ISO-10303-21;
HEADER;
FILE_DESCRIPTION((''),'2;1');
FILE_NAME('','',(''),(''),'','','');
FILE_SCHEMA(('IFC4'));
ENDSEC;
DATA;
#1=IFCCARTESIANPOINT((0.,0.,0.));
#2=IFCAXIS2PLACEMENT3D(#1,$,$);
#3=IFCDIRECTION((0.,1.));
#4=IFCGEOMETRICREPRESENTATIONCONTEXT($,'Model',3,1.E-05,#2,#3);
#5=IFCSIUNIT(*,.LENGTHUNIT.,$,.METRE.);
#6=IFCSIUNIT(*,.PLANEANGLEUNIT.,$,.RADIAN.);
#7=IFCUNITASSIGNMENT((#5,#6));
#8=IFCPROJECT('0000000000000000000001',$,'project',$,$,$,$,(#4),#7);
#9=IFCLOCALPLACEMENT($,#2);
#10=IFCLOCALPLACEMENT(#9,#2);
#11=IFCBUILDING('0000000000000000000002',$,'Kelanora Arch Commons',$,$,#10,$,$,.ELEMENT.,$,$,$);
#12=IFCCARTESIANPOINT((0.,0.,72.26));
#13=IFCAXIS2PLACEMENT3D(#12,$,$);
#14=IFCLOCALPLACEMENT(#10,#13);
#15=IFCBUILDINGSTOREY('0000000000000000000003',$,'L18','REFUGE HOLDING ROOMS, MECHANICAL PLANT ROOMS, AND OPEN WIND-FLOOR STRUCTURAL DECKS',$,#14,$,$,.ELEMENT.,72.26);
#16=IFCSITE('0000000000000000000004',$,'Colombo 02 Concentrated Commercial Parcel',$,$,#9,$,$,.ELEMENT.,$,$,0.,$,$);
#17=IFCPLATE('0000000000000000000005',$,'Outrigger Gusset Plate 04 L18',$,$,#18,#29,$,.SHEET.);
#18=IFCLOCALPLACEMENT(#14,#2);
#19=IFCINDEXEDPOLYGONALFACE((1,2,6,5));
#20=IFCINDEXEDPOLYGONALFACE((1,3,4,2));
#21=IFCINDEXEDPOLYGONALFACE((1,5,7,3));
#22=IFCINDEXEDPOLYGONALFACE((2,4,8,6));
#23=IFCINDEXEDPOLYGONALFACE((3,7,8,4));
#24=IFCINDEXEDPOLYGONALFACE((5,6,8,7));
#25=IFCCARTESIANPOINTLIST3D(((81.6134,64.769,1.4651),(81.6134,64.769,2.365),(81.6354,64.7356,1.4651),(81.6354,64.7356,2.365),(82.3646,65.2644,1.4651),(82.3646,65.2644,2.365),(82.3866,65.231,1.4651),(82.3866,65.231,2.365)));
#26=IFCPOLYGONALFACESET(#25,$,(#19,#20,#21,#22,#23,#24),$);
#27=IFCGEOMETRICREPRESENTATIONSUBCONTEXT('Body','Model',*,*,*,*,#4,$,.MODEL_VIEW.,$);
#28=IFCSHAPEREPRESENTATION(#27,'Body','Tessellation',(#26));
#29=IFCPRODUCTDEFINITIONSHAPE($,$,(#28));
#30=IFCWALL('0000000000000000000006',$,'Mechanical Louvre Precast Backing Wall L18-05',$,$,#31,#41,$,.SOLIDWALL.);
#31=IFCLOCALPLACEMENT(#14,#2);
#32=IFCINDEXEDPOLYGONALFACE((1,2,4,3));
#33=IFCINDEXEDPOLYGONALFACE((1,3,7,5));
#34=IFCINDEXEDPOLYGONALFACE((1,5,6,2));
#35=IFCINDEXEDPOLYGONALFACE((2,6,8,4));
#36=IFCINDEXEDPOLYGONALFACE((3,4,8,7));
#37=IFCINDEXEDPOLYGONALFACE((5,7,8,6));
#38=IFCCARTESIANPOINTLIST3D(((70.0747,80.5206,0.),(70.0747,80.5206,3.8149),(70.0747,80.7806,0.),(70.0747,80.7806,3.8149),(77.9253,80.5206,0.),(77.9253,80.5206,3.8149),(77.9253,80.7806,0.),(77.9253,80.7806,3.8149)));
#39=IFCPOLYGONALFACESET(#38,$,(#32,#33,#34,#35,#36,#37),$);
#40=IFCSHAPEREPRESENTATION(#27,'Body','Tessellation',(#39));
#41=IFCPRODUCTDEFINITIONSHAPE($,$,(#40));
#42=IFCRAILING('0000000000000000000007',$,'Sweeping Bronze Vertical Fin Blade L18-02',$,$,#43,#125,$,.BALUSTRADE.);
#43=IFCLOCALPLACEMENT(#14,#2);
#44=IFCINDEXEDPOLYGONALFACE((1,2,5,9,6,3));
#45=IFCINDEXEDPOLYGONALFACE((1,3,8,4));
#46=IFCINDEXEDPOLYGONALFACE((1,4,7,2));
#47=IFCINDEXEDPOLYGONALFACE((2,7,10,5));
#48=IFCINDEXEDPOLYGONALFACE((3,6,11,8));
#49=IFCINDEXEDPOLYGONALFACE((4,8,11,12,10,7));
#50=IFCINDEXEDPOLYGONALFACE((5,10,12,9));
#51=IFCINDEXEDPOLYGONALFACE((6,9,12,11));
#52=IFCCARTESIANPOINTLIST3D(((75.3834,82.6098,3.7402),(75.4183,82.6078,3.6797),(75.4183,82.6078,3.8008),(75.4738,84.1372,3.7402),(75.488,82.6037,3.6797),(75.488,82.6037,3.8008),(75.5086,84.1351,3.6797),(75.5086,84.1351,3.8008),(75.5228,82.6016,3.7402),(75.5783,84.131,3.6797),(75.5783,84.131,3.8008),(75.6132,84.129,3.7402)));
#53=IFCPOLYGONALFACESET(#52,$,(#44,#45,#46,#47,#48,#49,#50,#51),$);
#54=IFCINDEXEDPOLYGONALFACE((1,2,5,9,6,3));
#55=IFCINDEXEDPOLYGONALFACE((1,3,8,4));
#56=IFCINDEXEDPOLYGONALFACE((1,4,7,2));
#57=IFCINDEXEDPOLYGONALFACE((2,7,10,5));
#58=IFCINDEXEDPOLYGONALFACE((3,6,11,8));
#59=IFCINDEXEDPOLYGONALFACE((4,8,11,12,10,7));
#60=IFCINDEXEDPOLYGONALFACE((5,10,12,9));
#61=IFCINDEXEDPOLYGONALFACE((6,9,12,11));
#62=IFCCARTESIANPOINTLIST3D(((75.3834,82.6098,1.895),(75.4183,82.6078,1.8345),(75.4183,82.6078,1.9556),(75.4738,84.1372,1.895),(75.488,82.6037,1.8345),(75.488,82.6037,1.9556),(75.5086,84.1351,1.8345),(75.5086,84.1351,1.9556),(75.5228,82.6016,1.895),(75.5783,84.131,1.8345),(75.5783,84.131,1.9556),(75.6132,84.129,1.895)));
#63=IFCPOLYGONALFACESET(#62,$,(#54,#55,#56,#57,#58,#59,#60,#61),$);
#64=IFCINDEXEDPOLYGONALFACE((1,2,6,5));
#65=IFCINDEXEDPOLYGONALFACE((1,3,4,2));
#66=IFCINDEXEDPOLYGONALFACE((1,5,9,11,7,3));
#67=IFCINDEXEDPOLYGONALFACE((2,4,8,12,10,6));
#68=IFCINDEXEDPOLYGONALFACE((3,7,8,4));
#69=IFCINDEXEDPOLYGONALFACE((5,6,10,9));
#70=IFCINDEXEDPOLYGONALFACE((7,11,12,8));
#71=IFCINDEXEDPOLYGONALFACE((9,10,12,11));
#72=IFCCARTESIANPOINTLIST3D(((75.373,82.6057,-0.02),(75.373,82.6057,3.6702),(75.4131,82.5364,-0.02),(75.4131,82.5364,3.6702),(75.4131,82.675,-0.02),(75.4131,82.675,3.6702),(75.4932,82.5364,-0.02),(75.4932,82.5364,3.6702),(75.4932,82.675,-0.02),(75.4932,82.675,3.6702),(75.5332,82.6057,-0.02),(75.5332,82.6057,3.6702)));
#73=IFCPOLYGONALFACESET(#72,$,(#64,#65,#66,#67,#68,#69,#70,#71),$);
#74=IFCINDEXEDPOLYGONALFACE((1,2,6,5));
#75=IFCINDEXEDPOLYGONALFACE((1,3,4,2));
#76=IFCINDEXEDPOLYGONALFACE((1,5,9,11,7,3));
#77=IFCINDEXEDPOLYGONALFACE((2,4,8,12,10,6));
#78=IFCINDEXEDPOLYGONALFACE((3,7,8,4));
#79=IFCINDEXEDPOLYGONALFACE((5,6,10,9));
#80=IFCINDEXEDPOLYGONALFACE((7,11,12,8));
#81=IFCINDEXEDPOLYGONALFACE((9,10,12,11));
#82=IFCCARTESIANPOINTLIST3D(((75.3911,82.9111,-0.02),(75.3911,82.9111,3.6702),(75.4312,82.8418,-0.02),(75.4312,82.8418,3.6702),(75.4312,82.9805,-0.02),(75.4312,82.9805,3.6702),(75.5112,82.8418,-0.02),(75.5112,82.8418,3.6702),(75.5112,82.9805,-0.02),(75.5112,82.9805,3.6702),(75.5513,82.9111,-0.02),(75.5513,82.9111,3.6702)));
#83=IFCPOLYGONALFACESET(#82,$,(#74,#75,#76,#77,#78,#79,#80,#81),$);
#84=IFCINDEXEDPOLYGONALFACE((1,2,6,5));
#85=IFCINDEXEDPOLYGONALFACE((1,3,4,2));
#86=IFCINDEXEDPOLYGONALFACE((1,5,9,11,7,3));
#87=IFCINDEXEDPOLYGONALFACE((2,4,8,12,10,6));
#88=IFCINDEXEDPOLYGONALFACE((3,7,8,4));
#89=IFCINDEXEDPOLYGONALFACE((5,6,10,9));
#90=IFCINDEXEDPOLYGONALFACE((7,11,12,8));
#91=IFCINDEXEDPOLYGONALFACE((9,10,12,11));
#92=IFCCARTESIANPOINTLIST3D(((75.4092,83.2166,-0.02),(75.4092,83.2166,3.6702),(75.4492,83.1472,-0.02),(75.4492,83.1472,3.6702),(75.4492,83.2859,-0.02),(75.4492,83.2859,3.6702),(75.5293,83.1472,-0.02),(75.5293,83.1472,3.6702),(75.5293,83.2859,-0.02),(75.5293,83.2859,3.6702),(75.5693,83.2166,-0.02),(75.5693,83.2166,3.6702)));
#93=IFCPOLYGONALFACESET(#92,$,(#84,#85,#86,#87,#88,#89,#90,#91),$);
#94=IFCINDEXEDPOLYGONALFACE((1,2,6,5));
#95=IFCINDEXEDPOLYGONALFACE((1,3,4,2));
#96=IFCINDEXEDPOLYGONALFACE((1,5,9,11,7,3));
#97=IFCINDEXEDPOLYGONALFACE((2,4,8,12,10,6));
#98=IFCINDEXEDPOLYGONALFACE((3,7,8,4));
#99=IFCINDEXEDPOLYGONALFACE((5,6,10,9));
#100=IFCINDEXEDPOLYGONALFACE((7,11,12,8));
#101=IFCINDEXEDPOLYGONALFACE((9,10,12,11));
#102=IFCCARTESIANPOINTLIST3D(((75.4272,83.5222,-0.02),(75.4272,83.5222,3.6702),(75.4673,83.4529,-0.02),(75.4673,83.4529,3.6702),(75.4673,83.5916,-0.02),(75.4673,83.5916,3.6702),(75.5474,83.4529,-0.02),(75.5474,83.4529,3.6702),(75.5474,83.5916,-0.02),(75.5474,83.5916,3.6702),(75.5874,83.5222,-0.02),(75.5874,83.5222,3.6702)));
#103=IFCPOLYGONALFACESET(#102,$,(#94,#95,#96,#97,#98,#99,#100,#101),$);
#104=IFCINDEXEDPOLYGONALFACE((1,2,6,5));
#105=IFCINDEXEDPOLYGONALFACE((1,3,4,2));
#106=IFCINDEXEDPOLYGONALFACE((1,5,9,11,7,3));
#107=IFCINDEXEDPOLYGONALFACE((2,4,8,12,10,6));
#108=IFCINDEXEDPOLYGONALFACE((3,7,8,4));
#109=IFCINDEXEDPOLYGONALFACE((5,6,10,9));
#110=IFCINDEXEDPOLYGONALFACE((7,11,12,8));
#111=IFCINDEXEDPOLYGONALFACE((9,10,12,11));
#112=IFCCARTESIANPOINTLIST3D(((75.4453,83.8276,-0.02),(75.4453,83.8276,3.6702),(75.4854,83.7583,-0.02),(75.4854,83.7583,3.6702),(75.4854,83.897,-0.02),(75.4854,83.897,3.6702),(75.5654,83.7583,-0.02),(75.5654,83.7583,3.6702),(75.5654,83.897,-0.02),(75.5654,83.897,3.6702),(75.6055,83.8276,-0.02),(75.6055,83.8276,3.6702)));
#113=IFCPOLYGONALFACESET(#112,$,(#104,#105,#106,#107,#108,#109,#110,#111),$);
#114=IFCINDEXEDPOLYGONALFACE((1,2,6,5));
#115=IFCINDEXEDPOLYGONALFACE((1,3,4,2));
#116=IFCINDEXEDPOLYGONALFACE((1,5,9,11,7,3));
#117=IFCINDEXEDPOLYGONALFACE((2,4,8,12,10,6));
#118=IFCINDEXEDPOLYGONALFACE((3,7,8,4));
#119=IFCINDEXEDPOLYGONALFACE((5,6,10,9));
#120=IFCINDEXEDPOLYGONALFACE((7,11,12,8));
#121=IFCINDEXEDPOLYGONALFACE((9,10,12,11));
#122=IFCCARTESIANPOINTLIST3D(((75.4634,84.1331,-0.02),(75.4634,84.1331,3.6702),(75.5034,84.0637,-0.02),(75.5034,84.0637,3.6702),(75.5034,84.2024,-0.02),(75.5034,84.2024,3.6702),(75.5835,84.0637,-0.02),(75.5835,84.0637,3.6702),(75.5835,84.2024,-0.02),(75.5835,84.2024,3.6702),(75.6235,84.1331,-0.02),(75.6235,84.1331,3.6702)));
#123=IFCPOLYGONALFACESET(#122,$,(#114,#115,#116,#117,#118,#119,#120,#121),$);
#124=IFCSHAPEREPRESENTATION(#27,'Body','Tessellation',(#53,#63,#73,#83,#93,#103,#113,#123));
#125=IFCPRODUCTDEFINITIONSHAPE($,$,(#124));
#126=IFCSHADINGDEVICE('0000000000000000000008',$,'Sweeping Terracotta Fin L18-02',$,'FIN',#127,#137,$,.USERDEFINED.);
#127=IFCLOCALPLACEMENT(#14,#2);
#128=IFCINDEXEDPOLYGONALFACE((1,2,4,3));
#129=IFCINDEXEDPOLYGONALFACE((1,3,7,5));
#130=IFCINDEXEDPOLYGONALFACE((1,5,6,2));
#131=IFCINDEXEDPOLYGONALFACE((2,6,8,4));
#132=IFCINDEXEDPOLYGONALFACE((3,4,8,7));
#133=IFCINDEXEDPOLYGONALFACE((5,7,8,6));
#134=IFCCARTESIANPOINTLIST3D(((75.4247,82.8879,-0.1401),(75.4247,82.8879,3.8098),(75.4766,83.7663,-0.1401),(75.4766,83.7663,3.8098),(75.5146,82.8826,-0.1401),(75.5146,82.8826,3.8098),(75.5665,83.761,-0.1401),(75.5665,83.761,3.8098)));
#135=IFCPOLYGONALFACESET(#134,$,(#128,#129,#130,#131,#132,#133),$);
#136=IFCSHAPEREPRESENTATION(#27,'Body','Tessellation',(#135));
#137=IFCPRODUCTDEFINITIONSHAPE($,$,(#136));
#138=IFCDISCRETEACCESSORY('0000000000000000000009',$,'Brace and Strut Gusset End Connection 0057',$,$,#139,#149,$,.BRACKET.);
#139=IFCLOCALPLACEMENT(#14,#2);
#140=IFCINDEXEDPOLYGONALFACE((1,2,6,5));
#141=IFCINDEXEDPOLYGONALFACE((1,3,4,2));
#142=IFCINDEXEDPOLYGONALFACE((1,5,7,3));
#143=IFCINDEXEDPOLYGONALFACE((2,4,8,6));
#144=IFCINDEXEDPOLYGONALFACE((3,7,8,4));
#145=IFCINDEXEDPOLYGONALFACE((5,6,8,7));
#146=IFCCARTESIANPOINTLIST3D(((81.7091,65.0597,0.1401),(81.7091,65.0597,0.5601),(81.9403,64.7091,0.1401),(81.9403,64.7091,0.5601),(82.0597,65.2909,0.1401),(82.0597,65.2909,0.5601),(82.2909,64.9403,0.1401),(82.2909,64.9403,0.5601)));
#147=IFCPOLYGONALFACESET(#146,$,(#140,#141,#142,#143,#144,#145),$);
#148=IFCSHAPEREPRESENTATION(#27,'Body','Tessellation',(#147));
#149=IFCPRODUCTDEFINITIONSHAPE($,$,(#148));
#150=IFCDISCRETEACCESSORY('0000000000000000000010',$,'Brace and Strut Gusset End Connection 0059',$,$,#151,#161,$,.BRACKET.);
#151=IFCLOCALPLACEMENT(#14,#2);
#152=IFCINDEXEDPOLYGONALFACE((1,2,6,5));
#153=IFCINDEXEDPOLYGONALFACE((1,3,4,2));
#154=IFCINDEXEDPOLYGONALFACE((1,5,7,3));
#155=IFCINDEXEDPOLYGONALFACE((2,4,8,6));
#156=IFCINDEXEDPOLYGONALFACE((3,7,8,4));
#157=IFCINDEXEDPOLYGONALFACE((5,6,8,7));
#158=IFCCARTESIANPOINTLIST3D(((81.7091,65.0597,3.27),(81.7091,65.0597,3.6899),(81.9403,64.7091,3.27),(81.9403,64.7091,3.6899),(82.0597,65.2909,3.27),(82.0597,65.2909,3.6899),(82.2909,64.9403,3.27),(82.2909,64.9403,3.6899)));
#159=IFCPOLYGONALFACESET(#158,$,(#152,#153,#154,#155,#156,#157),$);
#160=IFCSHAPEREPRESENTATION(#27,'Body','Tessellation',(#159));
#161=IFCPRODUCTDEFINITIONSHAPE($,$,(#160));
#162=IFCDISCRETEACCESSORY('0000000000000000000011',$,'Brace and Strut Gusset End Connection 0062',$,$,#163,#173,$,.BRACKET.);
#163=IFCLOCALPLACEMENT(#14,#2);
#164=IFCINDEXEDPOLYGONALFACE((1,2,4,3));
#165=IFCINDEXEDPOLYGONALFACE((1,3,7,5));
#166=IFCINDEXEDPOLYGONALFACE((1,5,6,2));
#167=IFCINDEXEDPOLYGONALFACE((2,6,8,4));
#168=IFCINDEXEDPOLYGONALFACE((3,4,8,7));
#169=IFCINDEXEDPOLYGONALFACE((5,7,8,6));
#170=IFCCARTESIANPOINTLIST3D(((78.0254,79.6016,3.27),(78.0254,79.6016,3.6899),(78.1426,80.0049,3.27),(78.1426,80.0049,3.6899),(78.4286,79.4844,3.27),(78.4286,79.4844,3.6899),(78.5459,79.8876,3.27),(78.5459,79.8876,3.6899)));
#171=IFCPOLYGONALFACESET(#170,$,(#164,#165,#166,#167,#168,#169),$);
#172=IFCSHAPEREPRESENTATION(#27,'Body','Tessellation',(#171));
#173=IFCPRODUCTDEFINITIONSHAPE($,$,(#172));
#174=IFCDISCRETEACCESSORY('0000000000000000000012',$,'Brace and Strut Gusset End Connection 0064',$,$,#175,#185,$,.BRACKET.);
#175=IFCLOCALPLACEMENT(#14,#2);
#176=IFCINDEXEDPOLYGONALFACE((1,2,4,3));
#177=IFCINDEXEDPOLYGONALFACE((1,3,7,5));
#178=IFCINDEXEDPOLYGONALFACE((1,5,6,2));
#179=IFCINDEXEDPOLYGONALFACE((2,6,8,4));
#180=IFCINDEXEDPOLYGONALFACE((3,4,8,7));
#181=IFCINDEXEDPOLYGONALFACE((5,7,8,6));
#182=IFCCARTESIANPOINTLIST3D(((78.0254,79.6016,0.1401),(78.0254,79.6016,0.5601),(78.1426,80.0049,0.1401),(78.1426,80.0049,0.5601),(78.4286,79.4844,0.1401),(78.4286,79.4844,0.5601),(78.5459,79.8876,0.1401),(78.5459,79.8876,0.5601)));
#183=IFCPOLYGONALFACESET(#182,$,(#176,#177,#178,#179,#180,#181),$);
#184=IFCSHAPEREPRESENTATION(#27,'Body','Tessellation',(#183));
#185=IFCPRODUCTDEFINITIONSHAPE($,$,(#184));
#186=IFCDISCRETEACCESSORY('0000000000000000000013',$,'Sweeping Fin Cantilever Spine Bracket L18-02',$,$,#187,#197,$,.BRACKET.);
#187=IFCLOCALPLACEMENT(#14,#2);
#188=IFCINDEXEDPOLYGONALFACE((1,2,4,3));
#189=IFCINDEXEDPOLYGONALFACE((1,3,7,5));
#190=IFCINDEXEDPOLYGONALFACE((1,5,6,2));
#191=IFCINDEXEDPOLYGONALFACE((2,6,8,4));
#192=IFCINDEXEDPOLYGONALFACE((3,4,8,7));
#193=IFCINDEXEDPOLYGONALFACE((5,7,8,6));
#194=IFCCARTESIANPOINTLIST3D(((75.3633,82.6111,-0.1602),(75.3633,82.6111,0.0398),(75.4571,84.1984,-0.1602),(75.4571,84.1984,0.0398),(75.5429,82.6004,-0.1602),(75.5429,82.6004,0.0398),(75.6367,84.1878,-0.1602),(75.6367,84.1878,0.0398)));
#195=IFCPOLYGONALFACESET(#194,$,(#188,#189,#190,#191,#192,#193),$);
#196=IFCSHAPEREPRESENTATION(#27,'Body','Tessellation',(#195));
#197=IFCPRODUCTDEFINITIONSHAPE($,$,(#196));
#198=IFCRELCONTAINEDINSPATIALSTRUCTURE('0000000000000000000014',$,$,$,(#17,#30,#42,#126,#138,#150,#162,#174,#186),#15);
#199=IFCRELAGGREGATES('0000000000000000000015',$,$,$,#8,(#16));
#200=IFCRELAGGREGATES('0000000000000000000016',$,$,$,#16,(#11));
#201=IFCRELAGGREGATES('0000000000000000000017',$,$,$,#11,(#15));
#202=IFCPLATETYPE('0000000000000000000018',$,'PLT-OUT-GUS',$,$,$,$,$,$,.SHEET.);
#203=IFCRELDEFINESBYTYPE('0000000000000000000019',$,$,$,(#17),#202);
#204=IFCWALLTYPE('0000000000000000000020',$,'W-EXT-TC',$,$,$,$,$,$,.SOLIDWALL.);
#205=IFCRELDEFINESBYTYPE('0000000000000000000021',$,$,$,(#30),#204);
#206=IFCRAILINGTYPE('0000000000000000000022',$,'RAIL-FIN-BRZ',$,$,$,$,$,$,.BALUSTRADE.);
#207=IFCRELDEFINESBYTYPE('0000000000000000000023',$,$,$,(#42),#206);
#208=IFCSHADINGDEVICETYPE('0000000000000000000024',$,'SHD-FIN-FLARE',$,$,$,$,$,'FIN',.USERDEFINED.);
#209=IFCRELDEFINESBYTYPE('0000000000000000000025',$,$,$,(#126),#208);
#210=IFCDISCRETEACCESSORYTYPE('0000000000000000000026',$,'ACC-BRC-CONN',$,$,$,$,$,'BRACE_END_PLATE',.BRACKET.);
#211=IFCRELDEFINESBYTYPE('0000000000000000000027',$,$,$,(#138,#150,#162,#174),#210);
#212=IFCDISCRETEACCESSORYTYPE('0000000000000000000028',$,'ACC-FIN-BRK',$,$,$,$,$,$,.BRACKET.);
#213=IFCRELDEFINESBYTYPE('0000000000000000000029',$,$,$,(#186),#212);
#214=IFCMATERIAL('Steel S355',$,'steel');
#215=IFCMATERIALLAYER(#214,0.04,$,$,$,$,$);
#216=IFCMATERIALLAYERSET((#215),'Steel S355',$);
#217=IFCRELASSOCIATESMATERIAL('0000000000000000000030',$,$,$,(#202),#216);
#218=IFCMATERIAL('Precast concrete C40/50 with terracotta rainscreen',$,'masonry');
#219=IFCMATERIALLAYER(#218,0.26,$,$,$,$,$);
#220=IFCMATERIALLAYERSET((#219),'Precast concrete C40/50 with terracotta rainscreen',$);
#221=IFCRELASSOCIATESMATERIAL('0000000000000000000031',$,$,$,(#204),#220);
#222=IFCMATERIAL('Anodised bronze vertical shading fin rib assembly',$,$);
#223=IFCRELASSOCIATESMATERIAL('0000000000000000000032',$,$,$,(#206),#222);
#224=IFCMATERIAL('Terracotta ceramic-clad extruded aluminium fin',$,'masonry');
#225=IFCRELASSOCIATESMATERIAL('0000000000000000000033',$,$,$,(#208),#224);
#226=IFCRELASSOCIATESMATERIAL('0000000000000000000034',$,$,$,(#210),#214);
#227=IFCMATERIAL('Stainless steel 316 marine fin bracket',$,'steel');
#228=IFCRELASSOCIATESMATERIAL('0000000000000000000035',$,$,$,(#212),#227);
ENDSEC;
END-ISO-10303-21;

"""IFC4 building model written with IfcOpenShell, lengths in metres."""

from ifc_helpers import new_model, si_unit, direction, frame, frame_2d, origin, origin_2d, place, context, subcontext, project, spatial, polyline, rectangle, outline, extrude, source, transform, mapped, material, layer, layer_set, type_object, element, save


model = new_model("IFC4")

# Units and contexts
model_context = context("Model", 3, precision=1e-05, world=origin(), true_north=direction((0.0, 1.0)))
body_context = subcontext(model_context, "Body", "Model", "MODEL_VIEW")
ifc_project = project(units=[si_unit("LENGTHUNIT", "METRE"), si_unit("PLANEANGLEUNIT", "RADIAN")], contexts=[model_context])

# Site, building, storey
site_placement = place(None, origin())
site = spatial("IfcSite", under=ifc_project, at=site_placement, Name="Colombo 02 Concentrated Commercial Parcel", CompositionType="ELEMENT", RefElevation=0.0)
building_placement = place(site_placement, origin())
building = spatial("IfcBuilding", under=site, at=building_placement, Name="Kelanora Arch Commons", CompositionType="ELEMENT")
storey_placement = place(building_placement, frame((0.0, 0.0, 72.26)))
storey = spatial("IfcBuildingStorey", under=building, at=storey_placement, Name="L18", Description="REFUGE HOLDING ROOMS, MECHANICAL PLANT ROOMS, AND OPEN WIND-FLOOR STRUCTURAL DECKS", CompositionType="ELEMENT", Elevation=72.26)

# Shared definitions
ifc_material_1 = material(Name="Steel S355", Category="steel")

# Plate
ifc_layer_1 = layer(ifc_material_1, 0.04)
ifc_layer_set_1 = layer_set([ifc_layer_1], Name="Steel S355")
plate_type = type_object("IfcPlateType", Name="PLT-OUT-GUS", PredefinedType="SHEET", material=ifc_layer_set_1)
shared_shape_1 = source(origin(), body_context, "Body", "SweptSolid", [
    extrude(rectangle(XDim=0.8999, YDim=0.04, at=origin_2d()), origin(), (0.0, 0.0, 1.0), 0.8999),
])
plate_placement = place(storey_placement, frame((82.0, 65.0, 1.4651), z_axis=(0.0, 0.0, 1.0), x_axis=(0.834791, 0.550567, 0.0)))
element("IfcPlate", 1, at=plate_placement, inside=storey, type_object=plate_type, Name="Outrigger Gusset Plate 04 L18", PredefinedType="SHEET", context=body_context, shape_type="MappedRepresentation", body=[
    mapped(shared_shape_1, transform((0.0, 0.0, 0.0), scale=1.0)),
])

# Wall
ifc_material_2 = material(Name="Precast concrete C40/50 with terracotta rainscreen", Category="masonry")
ifc_layer_2 = layer(ifc_material_2, 0.26)
ifc_layer_set_2 = layer_set([ifc_layer_2], Name="Precast concrete C40/50 with terracotta rainscreen")
wall_type = type_object("IfcWallType", Name="W-EXT-TC", PredefinedType="SOLIDWALL", material=ifc_layer_set_2)
wall_placement = place(storey_placement, frame((77.9253, 80.6506, 0.0), z_axis=(0.0, 0.0, 1.0), x_axis=(-1.0, 0.0, 0.0)))
element("IfcWall", 2, at=wall_placement, inside=storey, type_object=wall_type, Name="Mechanical Louvre Precast Backing Wall L18-05", PredefinedType="SOLIDWALL", context=body_context, shape_type="SweptSolid", body=[
    extrude(rectangle(XDim=7.8506, YDim=0.26, at=frame_2d((3.9253, 0.0))), origin(), (0.0, 0.0, 1.0), 3.8149),
])

# Railing
ifc_material_3 = material(Name="Anodised bronze vertical shading fin rib assembly")
railing_type = type_object("IfcRailingType", Name="RAIL-FIN-BRZ", PredefinedType="BALUSTRADE", material=ifc_material_3)
railing_placement = place(storey_placement, frame((75.4531, 82.6057, -0.02)))
element("IfcRailing", 3, at=railing_placement, inside=storey, type_object=railing_type, Name="Sweeping Bronze Vertical Fin Blade L18-02", PredefinedType="BALUSTRADE", context=body_context, shape_type="SweptSolid", body=[
    extrude(outline(polyline([(0.0698, 0.0), (0.0349, 0.0605), (-0.0349, 0.0605), (-0.0698, 0.0), (-0.0349, -0.0605), (0.0349, -0.0605), (0.0698, 0.0)])), frame((0.0, 0.0, 3.7603), z_axis=(0.05904, 0.998256, 0.0), x_axis=(-0.998256, 0.05904, 0.0)), (0.0, 0.0, 1.0), 1.53),
    extrude(outline(polyline([(0.0698, 0.0), (0.0349, 0.0605), (-0.0349, 0.0605), (-0.0698, 0.0), (-0.0349, -0.0605), (0.0349, -0.0605), (0.0698, 0.0)])), frame((0.0, 0.0, 1.915), z_axis=(0.05904, 0.998256, 0.0), x_axis=(-0.998256, 0.05904, 0.0)), (0.0, 0.0, 1.0), 1.53),
    extrude(outline(polyline([(0.0801, 0.0), (0.04, 0.0693), (-0.04, 0.0693), (-0.0801, 0.0), (-0.04, -0.0693), (0.04, -0.0693), (0.0801, 0.0)])), origin(), (0.0, 0.0, 1.0), 3.6902),
    extrude(outline(polyline([(0.0801, 0.0), (0.04, 0.0693), (-0.04, 0.0693), (-0.0801, 0.0), (-0.04, -0.0693), (0.04, -0.0693), (0.0801, 0.0)])), frame((0.0181, 0.3054, 0.0)), (0.0, 0.0, 1.0), 3.6902),
    extrude(outline(polyline([(0.0801, 0.0), (0.04, 0.0693), (-0.04, 0.0693), (-0.0801, 0.0), (-0.04, -0.0693), (0.04, -0.0693), (0.0801, 0.0)])), frame((0.0361, 0.6108, 0.0)), (0.0, 0.0, 1.0), 3.6902),
    extrude(outline(polyline([(0.0801, 0.0), (0.04, 0.0693), (-0.04, 0.0693), (-0.0801, 0.0), (-0.04, -0.0693), (0.04, -0.0693), (0.0801, 0.0)])), frame((0.0542, 0.9165, 0.0)), (0.0, 0.0, 1.0), 3.6902),
    extrude(outline(polyline([(0.0801, 0.0), (0.04, 0.0693), (-0.04, 0.0693), (-0.0801, 0.0), (-0.04, -0.0693), (0.04, -0.0693), (0.0801, 0.0)])), frame((0.0723, 1.2219, 0.0)), (0.0, 0.0, 1.0), 3.6902),
    extrude(outline(polyline([(0.0801, 0.0), (0.04, 0.0693), (-0.04, 0.0693), (-0.0801, 0.0), (-0.04, -0.0693), (0.04, -0.0693), (0.0801, 0.0)])), frame((0.0903, 1.5273, 0.0)), (0.0, 0.0, 1.0), 3.6902),
])

# Shading device
ifc_material_4 = material(Name="Terracotta ceramic-clad extruded aluminium fin", Category="masonry")
shading_device_type = type_object("IfcShadingDeviceType", Name="SHD-FIN-FLARE", ElementType="FIN", PredefinedType="USERDEFINED", material=ifc_material_4)
shared_shape_2 = source(origin(), body_context, "Body", "SweptSolid", [
    extrude(rectangle(XDim=0.8799, YDim=0.0901, at=origin_2d()), origin(), (0.0, 0.0, 1.0), 3.95),
])
shading_device_placement = place(storey_placement, frame((75.4956, 83.3245, -0.1401), z_axis=(0.0, 0.0, 1.0), x_axis=(0.058958, 0.99826, 0.0)))
element("IfcShadingDevice", 4, at=shading_device_placement, inside=storey, type_object=shading_device_type, Name="Sweeping Terracotta Fin L18-02", ObjectType="FIN", PredefinedType="USERDEFINED", context=body_context, shape_type="MappedRepresentation", body=[
    mapped(shared_shape_2, transform((0.0, 0.0, 0.0), scale=1.0)),
])

# Discrete accessories
discrete_accessory_type_1 = type_object("IfcDiscreteAccessoryType", Name="ACC-BRC-CONN", ElementType="BRACE_END_PLATE", PredefinedType="BRACKET", material=ifc_material_1)
shared_shape_3 = source(origin(), body_context, "Body", "SweptSolid", [
    extrude(rectangle(XDim=0.4199, YDim=0.4199, at=origin_2d()), origin(), (0.0, 0.0, 1.0), 0.4199),
])
for number, where, z_axis, x_axis, name in (
    (5, (82.0, 65.0, 0.1401), (0.0, 0.0, 1.0), (0.834752, 0.550626, 0.0), "Brace and Strut Gusset End Connection 0057"),
    (6, (82.0, 65.0, 3.27), (0.0, 0.0, 1.0), (0.834752, 0.550626, 0.0), "Brace and Strut Gusset End Connection 0059"),
    (7, (78.2856, 79.7446, 3.27), (0.0, 0.0, 1.0), (0.279159, 0.960245, 0.0), "Brace and Strut Gusset End Connection 0062"),
    (8, (78.2856, 79.7446, 0.1401), (0.0, 0.0, 1.0), (0.279159, 0.960245, 0.0), "Brace and Strut Gusset End Connection 0064"),
):
    element("IfcDiscreteAccessory", number, at=place(storey_placement, frame(where, z_axis=z_axis, x_axis=x_axis)), inside=storey, type_object=discrete_accessory_type_1, Name=name, PredefinedType="BRACKET", context=body_context, shape_type="MappedRepresentation", body=[
        mapped(shared_shape_3, transform((0.0, 0.0, 0.0), scale=1.0)),
    ])
ifc_material_5 = material(Name="Stainless steel 316 marine fin bracket", Category="steel")
discrete_accessory_type_2 = type_object("IfcDiscreteAccessoryType", Name="ACC-FIN-BRK", PredefinedType="BRACKET", material=ifc_material_5)
shared_shape_4 = source(origin(), body_context, "Body", "SweptSolid", [
    extrude(rectangle(XDim=1.5901, YDim=0.1799, at=origin_2d()), origin(), (0.0, 0.0, 1.0), 0.2),
])
discrete_accessory_placement = place(storey_placement, frame((75.5, 83.3994, -0.1602), z_axis=(0.0, 0.0, 1.0), x_axis=(0.058958, 0.99826, 0.0)))
element("IfcDiscreteAccessory", 9, at=discrete_accessory_placement, inside=storey, type_object=discrete_accessory_type_2, Name="Sweeping Fin Cantilever Spine Bracket L18-02", PredefinedType="BRACKET", context=body_context, shape_type="MappedRepresentation", body=[
    mapped(shared_shape_4, transform((0.0, 0.0, 0.0), scale=1.0)),
])

save(model, "model.ifc")
